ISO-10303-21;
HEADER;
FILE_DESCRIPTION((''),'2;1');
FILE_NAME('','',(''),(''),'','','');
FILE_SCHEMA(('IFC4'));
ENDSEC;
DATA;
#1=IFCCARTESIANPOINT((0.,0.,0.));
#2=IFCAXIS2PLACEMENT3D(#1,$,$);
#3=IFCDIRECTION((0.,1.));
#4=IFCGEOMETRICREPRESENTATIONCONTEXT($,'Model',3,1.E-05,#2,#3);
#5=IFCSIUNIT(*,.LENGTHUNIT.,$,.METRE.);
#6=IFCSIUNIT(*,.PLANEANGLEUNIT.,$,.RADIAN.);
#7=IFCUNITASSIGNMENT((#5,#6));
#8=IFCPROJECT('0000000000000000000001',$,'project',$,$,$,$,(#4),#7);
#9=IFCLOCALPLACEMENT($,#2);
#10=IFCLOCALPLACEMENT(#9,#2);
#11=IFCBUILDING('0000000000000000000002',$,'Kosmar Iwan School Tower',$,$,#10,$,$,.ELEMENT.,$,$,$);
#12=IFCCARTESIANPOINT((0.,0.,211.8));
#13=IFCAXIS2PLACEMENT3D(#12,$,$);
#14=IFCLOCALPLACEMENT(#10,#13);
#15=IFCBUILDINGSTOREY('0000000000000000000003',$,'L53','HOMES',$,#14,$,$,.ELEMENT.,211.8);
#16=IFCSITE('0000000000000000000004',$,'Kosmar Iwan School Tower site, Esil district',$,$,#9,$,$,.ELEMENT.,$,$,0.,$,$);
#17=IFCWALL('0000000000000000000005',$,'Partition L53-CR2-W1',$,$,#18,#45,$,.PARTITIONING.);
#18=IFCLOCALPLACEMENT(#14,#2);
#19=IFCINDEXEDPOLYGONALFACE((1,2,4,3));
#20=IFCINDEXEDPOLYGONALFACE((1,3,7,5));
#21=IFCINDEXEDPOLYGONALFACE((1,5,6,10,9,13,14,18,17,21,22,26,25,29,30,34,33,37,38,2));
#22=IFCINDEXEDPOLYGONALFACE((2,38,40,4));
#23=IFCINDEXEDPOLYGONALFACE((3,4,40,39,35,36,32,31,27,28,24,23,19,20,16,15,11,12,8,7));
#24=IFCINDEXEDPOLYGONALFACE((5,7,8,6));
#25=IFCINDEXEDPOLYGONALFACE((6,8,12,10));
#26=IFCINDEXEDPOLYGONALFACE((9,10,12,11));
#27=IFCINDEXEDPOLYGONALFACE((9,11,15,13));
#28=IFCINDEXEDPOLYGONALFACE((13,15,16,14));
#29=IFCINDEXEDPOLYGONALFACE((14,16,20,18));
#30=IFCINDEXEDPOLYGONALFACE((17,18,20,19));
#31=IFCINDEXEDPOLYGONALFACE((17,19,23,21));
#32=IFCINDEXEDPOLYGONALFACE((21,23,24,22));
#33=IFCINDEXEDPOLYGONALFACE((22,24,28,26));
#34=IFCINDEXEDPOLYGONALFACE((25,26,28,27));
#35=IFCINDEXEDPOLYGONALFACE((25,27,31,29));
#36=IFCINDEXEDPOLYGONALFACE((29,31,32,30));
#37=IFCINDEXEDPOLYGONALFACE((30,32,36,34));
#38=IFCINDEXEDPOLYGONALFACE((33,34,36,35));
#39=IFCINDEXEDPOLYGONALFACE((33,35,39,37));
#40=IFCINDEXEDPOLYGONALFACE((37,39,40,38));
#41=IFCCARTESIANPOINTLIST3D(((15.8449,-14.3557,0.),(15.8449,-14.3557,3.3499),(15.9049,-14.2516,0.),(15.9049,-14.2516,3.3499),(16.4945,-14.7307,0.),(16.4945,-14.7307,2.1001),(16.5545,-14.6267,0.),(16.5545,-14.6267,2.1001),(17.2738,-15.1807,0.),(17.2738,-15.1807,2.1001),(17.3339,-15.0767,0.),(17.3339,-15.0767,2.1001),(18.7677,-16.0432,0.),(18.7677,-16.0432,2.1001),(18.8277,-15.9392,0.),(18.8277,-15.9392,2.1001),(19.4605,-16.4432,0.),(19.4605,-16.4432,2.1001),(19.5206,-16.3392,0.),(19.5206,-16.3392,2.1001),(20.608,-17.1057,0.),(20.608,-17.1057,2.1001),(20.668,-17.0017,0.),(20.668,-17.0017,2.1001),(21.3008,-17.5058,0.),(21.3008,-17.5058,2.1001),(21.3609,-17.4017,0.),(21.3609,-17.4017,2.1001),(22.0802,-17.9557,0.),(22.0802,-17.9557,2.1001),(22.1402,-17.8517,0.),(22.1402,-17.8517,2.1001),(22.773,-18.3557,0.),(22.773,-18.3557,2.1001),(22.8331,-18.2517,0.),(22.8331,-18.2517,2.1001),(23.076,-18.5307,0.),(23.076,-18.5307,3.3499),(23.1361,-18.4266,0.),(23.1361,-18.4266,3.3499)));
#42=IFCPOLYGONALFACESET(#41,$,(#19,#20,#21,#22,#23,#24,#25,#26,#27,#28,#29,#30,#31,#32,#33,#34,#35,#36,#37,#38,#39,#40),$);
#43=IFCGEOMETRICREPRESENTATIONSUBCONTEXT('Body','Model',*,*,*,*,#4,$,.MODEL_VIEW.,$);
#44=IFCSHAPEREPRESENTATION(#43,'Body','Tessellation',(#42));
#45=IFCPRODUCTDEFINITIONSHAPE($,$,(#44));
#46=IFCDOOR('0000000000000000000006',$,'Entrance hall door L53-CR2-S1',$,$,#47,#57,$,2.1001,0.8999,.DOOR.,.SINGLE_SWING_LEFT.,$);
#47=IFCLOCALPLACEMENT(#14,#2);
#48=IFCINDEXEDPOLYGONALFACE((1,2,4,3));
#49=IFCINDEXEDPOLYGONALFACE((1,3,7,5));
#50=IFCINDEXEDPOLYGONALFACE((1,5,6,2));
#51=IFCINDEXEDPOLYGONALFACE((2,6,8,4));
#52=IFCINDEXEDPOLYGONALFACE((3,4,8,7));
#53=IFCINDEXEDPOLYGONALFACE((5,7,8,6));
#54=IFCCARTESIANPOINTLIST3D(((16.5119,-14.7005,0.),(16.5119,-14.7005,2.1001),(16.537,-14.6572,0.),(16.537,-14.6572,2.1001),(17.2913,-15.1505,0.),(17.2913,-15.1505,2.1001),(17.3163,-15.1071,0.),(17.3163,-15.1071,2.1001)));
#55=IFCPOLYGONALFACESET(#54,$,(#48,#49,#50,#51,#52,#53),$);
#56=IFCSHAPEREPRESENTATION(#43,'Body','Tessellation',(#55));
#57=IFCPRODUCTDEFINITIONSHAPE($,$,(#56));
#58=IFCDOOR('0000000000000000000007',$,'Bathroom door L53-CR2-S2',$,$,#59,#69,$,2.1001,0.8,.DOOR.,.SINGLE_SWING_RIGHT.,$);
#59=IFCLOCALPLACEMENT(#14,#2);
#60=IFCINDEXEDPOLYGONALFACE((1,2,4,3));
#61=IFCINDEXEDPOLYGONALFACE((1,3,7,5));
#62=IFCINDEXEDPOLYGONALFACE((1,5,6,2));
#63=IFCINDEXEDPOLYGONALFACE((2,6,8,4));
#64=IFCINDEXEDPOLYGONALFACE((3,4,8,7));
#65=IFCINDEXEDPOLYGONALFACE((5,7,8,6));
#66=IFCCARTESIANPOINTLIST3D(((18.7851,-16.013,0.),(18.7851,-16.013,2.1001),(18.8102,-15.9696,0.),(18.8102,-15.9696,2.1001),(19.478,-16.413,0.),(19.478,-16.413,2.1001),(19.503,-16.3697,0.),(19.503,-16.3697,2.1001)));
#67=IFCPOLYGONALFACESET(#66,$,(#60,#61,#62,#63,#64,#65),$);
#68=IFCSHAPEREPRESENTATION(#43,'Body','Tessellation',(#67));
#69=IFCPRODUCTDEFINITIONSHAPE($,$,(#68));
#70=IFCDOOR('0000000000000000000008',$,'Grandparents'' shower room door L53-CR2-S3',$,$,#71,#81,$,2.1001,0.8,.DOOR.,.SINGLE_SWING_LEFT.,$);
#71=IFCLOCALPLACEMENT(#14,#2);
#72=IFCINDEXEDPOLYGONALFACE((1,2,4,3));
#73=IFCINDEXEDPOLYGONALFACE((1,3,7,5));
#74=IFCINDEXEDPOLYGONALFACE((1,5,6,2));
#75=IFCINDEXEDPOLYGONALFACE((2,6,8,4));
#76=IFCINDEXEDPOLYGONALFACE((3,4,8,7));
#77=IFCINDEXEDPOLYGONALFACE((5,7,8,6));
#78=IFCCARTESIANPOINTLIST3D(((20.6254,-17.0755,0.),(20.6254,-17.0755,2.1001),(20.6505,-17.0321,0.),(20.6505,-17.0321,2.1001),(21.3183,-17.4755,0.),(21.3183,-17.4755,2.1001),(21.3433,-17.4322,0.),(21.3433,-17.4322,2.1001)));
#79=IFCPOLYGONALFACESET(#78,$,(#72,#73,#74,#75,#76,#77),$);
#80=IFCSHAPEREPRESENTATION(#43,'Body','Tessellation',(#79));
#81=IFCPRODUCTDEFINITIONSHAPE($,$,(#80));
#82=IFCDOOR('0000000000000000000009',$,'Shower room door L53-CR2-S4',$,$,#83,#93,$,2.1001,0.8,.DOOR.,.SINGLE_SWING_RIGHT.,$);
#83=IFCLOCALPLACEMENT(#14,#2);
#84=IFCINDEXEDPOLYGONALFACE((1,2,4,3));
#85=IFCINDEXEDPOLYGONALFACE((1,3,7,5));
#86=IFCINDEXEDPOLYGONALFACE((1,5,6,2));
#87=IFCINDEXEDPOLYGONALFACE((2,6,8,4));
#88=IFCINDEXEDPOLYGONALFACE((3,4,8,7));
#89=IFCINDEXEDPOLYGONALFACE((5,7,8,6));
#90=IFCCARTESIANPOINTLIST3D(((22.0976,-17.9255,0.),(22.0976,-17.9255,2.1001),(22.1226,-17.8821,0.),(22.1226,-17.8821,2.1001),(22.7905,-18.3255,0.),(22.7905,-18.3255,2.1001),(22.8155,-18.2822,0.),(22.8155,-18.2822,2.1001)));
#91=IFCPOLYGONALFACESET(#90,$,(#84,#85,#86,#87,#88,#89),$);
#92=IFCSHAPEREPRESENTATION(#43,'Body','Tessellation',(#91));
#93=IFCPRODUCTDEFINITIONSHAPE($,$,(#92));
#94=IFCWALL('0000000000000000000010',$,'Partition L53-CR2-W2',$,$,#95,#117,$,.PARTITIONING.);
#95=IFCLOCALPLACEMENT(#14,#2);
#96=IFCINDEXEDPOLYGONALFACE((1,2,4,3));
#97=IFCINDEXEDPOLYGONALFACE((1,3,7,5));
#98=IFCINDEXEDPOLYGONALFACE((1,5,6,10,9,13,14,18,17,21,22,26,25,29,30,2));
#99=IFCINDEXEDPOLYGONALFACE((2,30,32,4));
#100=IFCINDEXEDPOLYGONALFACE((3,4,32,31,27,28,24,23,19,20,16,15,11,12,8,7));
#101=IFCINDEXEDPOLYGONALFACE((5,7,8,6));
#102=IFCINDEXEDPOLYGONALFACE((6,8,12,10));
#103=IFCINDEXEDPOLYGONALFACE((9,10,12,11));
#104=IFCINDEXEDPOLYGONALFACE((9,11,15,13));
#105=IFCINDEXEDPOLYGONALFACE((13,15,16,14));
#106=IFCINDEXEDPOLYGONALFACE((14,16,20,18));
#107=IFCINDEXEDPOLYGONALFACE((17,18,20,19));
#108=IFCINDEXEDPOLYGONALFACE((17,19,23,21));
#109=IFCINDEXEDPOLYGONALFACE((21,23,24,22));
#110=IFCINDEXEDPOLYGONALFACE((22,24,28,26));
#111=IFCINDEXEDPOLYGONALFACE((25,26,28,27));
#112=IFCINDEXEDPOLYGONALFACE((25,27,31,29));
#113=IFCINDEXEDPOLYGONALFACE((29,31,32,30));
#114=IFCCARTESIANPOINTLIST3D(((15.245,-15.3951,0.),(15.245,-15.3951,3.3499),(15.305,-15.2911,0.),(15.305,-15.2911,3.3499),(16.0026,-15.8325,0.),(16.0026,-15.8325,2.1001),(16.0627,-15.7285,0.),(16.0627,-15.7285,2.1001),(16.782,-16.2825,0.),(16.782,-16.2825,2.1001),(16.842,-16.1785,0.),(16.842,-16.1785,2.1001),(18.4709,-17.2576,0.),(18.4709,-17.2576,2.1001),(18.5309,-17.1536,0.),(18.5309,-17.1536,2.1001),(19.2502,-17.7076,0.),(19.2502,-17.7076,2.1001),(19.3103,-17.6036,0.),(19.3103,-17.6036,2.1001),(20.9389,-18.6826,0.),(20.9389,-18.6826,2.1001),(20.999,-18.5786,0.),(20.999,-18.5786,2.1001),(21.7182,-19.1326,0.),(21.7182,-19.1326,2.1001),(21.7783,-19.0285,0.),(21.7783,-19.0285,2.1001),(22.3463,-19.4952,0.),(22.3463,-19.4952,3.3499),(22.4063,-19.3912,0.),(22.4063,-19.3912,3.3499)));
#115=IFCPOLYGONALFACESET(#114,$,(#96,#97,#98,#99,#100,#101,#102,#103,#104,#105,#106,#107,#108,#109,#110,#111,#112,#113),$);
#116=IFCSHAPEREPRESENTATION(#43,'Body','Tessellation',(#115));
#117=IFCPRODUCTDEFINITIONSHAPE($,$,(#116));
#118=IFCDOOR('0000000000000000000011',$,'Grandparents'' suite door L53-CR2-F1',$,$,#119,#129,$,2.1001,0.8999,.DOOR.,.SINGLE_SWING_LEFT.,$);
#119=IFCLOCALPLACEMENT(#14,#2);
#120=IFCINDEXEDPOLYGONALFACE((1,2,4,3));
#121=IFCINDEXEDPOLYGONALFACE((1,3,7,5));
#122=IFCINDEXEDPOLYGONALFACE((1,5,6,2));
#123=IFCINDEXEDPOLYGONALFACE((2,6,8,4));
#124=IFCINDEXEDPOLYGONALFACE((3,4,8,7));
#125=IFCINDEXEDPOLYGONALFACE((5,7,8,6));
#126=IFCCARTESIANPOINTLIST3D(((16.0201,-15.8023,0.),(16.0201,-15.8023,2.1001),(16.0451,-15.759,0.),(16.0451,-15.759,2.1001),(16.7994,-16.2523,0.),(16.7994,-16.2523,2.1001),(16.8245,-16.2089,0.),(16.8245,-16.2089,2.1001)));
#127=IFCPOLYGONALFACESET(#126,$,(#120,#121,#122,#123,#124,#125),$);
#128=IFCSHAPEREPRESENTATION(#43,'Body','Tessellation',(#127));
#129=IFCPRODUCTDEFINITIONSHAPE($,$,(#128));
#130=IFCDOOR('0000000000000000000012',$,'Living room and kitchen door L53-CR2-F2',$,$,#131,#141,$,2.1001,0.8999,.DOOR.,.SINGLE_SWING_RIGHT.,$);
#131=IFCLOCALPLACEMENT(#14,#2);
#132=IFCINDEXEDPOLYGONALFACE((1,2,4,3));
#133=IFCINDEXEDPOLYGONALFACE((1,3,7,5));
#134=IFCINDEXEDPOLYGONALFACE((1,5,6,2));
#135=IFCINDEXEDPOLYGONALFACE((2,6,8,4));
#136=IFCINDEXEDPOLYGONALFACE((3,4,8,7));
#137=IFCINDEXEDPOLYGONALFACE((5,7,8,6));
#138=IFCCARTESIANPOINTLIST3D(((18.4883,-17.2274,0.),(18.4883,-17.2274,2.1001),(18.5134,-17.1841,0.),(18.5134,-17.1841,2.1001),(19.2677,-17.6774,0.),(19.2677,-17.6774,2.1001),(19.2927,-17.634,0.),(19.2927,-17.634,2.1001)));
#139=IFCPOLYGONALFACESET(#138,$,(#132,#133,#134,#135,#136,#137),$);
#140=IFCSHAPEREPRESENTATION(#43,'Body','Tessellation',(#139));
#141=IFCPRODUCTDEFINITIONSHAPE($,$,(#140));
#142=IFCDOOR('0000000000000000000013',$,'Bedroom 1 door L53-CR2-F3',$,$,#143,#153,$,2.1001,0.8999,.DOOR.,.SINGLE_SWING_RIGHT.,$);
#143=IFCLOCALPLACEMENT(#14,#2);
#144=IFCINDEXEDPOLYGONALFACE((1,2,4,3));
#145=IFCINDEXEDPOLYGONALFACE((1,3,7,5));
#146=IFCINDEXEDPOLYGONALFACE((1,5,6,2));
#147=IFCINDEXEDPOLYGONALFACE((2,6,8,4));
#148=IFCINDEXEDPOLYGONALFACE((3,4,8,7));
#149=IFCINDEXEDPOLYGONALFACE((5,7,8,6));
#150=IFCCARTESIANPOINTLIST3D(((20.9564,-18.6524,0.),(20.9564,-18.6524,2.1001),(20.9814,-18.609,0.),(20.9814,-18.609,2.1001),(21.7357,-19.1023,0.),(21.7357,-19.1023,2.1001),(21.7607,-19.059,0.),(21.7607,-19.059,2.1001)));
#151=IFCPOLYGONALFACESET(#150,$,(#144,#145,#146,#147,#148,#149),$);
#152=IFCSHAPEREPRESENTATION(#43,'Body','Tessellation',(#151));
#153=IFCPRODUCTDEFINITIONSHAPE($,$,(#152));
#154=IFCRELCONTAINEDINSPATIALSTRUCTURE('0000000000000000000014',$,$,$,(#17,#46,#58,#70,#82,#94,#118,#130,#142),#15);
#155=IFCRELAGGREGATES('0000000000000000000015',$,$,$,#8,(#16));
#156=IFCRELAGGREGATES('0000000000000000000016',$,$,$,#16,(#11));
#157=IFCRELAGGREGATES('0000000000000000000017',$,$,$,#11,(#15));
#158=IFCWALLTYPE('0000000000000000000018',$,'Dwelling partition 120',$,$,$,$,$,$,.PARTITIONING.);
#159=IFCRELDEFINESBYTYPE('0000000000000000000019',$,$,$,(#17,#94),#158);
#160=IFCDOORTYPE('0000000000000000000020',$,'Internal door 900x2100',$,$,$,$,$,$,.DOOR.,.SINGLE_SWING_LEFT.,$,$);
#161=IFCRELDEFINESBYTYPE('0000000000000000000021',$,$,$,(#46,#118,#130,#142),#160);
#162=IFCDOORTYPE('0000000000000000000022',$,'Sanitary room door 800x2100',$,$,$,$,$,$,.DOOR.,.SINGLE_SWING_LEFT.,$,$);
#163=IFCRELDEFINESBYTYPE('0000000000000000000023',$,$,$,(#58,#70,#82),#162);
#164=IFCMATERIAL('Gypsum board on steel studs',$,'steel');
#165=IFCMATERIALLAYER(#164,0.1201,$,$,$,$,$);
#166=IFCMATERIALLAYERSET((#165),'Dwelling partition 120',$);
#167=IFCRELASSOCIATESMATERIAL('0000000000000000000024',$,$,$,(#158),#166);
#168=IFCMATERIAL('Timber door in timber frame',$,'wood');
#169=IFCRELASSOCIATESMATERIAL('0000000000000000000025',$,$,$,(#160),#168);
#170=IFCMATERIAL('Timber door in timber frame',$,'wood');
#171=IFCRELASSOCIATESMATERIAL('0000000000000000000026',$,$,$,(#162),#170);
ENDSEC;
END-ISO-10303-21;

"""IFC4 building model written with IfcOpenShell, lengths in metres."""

from ifc_helpers import new_model, si_unit, direction, frame, frame_2d, origin, place, context, subcontext, project, spatial, rectangle, extrude, material, layer, layer_set, type_object, element, fill, save


model = new_model("IFC4")

# Units and contexts
model_context = context("Model", 3, precision=1e-05, world=origin(), true_north=direction((0.0, 1.0)))
body_context = subcontext(model_context, "Body", "Model", "MODEL_VIEW")
ifc_project = project(units=[si_unit("LENGTHUNIT", "METRE"), si_unit("PLANEANGLEUNIT", "RADIAN")], contexts=[model_context])

# Site, building, storey
site_placement = place(None, origin())
site = spatial("IfcSite", under=ifc_project, at=site_placement, Name="Kosmar Iwan School Tower site, Esil district", CompositionType="ELEMENT", RefElevation=0.0)
building_placement = place(site_placement, origin())
building = spatial("IfcBuilding", under=site, at=building_placement, Name="Kosmar Iwan School Tower", CompositionType="ELEMENT")
storey_placement = place(building_placement, frame((0.0, 0.0, 211.8)))
storey = spatial("IfcBuildingStorey", under=building, at=storey_placement, Name="L53", Description="HOMES", CompositionType="ELEMENT", Elevation=211.8)

# Walls, openings, doors
ifc_material_1 = material(Name="Gypsum board on steel studs", Category="steel")
ifc_layer = layer(ifc_material_1, 0.1201)
ifc_layer_set = layer_set([ifc_layer], Name="Dwelling partition 120")
wall_type = type_object("IfcWallType", Name="Dwelling partition 120", PredefinedType="PARTITIONING", material=ifc_layer_set)
wall_1_placement = place(storey_placement, frame((15.875, -14.3037, 0.0), z_axis=(0.0, 0.0, 1.0), x_axis=(0.86602, -0.50001, 0.0)))
wall_1 = element("IfcWall", 1, at=wall_1_placement, inside=storey, type_object=wall_type, Name="Partition L53-CR2-W1", PredefinedType="PARTITIONING", context=body_context, shape_type="SweptSolid", body=[
    extrude(rectangle(XDim=8.3499, YDim=0.1201, at=frame_2d((4.1748, 0.0))), origin(), (0.0, 0.0, 1.0), 3.3499),
])
opening_1_placement = place(wall_1_placement, frame((0.75, 0.0, 0.0)))
opening_1 = element("IfcOpeningElement", 2, at=opening_1_placement, cuts=wall_1, PredefinedType="OPENING", context=body_context, shape_type="SweptSolid", body=[
    extrude(rectangle(XDim=0.8999, YDim=2.1001, at=frame_2d((0.45, 1.05))), frame((0.0, 0.072, 0.0), z_axis=(0.0, -1.0, 0.0), x_axis=(1.0, 0.0, 0.0)), (0.0, 0.0, 1.0), 0.144),
])
opening_2_placement = place(wall_1_placement, frame((3.375, 0.0, 0.0)))
opening_2 = element("IfcOpeningElement", 3, at=opening_2_placement, cuts=wall_1, PredefinedType="OPENING", context=body_context, shape_type="SweptSolid", body=[
    extrude(rectangle(XDim=0.8, YDim=2.1001, at=frame_2d((0.3999, 1.05))), frame((0.0, 0.072, 0.0), z_axis=(0.0, -1.0, 0.0), x_axis=(1.0, 0.0, 0.0)), (0.0, 0.0, 1.0), 0.144),
])
opening_3_placement = place(wall_1_placement, frame((5.5, 0.0, 0.0)))
opening_3 = element("IfcOpeningElement", 4, at=opening_3_placement, cuts=wall_1, PredefinedType="OPENING", context=body_context, shape_type="SweptSolid", body=[
    extrude(rectangle(XDim=0.8, YDim=2.1001, at=frame_2d((0.3999, 1.05))), frame((0.0, 0.072, 0.0), z_axis=(0.0, -1.0, 0.0), x_axis=(1.0, 0.0, 0.0)), (0.0, 0.0, 1.0), 0.144),
])
opening_4_placement = place(wall_1_placement, frame((7.2, 0.0, 0.0)))
opening_4 = element("IfcOpeningElement", 5, at=opening_4_placement, cuts=wall_1, PredefinedType="OPENING", context=body_context, shape_type="SweptSolid", body=[
    extrude(rectangle(XDim=0.8, YDim=2.1001, at=frame_2d((0.3999, 1.05))), frame((0.0, 0.072, 0.0), z_axis=(0.0, -1.0, 0.0), x_axis=(1.0, 0.0, 0.0)), (0.0, 0.0, 1.0), 0.144),
])
ifc_material_2 = material(Name="Timber door in timber frame", Category="wood")
door_type_1 = type_object("IfcDoorType", Name="Internal door 900x2100", OperationType="SINGLE_SWING_LEFT", PredefinedType="DOOR", material=ifc_material_2)
door_1_placement = place(opening_1_placement, origin())
door_1 = element("IfcDoor", 6, at=door_1_placement, inside=storey, type_object=door_type_1, Name="Entrance hall door L53-CR2-S1", OperationType="SINGLE_SWING_LEFT", OverallHeight=2.1001, OverallWidth=0.8999, PredefinedType="DOOR", context=body_context, shape_type="SweptSolid", body=[
    extrude(rectangle(XDim=0.8999, YDim=2.1001, at=frame_2d((0.45, 1.05))), frame((0.0, 0.0249, 0.0), z_axis=(0.0, -1.0, 0.0), x_axis=(1.0, 0.0, 0.0)), (0.0, 0.0, 1.0), 0.05),
])
fill(opening_1, door_1)
ifc_material_3 = material(Name="Timber door in timber frame", Category="wood")
door_type_2 = type_object("IfcDoorType", Name="Sanitary room door 800x2100", OperationType="SINGLE_SWING_LEFT", PredefinedType="DOOR", material=ifc_material_3)
door_2_placement = place(opening_2_placement, origin())
door_2 = element("IfcDoor", 7, at=door_2_placement, inside=storey, type_object=door_type_2, Name="Bathroom door L53-CR2-S2", OperationType="SINGLE_SWING_RIGHT", OverallHeight=2.1001, OverallWidth=0.8, PredefinedType="DOOR", context=body_context, shape_type="SweptSolid", body=[
    extrude(rectangle(XDim=0.8, YDim=2.1001, at=frame_2d((0.3999, 1.05))), frame((0.0, 0.0249, 0.0), z_axis=(0.0, -1.0, 0.0), x_axis=(1.0, 0.0, 0.0)), (0.0, 0.0, 1.0), 0.05),
])
fill(opening_2, door_2)
door_3_placement = place(opening_3_placement, origin())
door_3 = element("IfcDoor", 8, at=door_3_placement, inside=storey, type_object=door_type_2, Name="Grandparents' shower room door L53-CR2-S3", OperationType="SINGLE_SWING_LEFT", OverallHeight=2.1001, OverallWidth=0.8, PredefinedType="DOOR", context=body_context, shape_type="SweptSolid", body=[
    extrude(rectangle(XDim=0.8, YDim=2.1001, at=frame_2d((0.3999, 1.05))), frame((0.0, 0.0249, 0.0), z_axis=(0.0, -1.0, 0.0), x_axis=(1.0, 0.0, 0.0)), (0.0, 0.0, 1.0), 0.05),
])
fill(opening_3, door_3)
door_4_placement = place(opening_4_placement, origin())
door_4 = element("IfcDoor", 9, at=door_4_placement, inside=storey, type_object=door_type_2, Name="Shower room door L53-CR2-S4", OperationType="SINGLE_SWING_RIGHT", OverallHeight=2.1001, OverallWidth=0.8, PredefinedType="DOOR", context=body_context, shape_type="SweptSolid", body=[
    extrude(rectangle(XDim=0.8, YDim=2.1001, at=frame_2d((0.3999, 1.05))), frame((0.0, 0.0249, 0.0), z_axis=(0.0, -1.0, 0.0), x_axis=(1.0, 0.0, 0.0)), (0.0, 0.0, 1.0), 0.05),
])
fill(opening_4, door_4)
wall_2_placement = place(storey_placement, frame((15.2749, -15.343, 0.0), z_axis=(0.0, 0.0, 1.0), x_axis=(0.866018, -0.500014, 0.0)))
wall_2 = element("IfcWall", 10, at=wall_2_placement, inside=storey, type_object=wall_type, Name="Partition L53-CR2-W2", PredefinedType="PARTITIONING", context=body_context, shape_type="SweptSolid", body=[
    extrude(rectangle(XDim=8.2, YDim=0.1201, at=frame_2d((4.1001, 0.0))), origin(), (0.0, 0.0, 1.0), 3.3499),
])
opening_5_placement = place(wall_2_placement, frame((0.875, 0.0, 0.0)))
opening_5 = element("IfcOpeningElement", 11, at=opening_5_placement, cuts=wall_2, PredefinedType="OPENING", context=body_context, shape_type="SweptSolid", body=[
    extrude(rectangle(XDim=0.8999, YDim=2.1001, at=frame_2d((0.45, 1.05))), frame((0.0, 0.072, 0.0), z_axis=(0.0, -1.0, 0.0), x_axis=(1.0, 0.0, 0.0)), (0.0, 0.0, 1.0), 0.144),
])
opening_6_placement = place(wall_2_placement, frame((3.7251, 0.0, 0.0)))
opening_6 = element("IfcOpeningElement", 12, at=opening_6_placement, cuts=wall_2, PredefinedType="OPENING", context=body_context, shape_type="SweptSolid", body=[
    extrude(rectangle(XDim=0.8999, YDim=2.1001, at=frame_2d((0.45, 1.05))), frame((0.0, 0.072, 0.0), z_axis=(0.0, -1.0, 0.0), x_axis=(1.0, 0.0, 0.0)), (0.0, 0.0, 1.0), 0.144),
])
opening_7_placement = place(wall_2_placement, frame((6.575, 0.0, 0.0)))
opening_7 = element("IfcOpeningElement", 13, at=opening_7_placement, cuts=wall_2, PredefinedType="OPENING", context=body_context, shape_type="SweptSolid", body=[
    extrude(rectangle(XDim=0.8999, YDim=2.1001, at=frame_2d((0.45, 1.05))), frame((0.0, 0.072, 0.0), z_axis=(0.0, -1.0, 0.0), x_axis=(1.0, 0.0, 0.0)), (0.0, 0.0, 1.0), 0.144),
])
door_5_placement = place(opening_5_placement, origin())
door_5 = element("IfcDoor", 14, at=door_5_placement, inside=storey, type_object=door_type_1, Name="Grandparents' suite door L53-CR2-F1", OperationType="SINGLE_SWING_LEFT", OverallHeight=2.1001, OverallWidth=0.8999, PredefinedType="DOOR", context=body_context, shape_type="SweptSolid", body=[
    extrude(rectangle(XDim=0.8999, YDim=2.1001, at=frame_2d((0.45, 1.05))), frame((0.0, 0.0249, 0.0), z_axis=(0.0, -1.0, 0.0), x_axis=(1.0, 0.0, 0.0)), (0.0, 0.0, 1.0), 0.05),
])
fill(opening_5, door_5)
door_6_placement = place(opening_6_placement, origin())
door_6 = element("IfcDoor", 15, at=door_6_placement, inside=storey, type_object=door_type_1, Name="Living room and kitchen door L53-CR2-F2", OperationType="SINGLE_SWING_RIGHT", OverallHeight=2.1001, OverallWidth=0.8999, PredefinedType="DOOR", context=body_context, shape_type="SweptSolid", body=[
    extrude(rectangle(XDim=0.8999, YDim=2.1001, at=frame_2d((0.45, 1.05))), frame((0.0, 0.0249, 0.0), z_axis=(0.0, -1.0, 0.0), x_axis=(1.0, 0.0, 0.0)), (0.0, 0.0, 1.0), 0.05),
])
fill(opening_6, door_6)
door_7_placement = place(opening_7_placement, origin())
door_7 = element("IfcDoor", 16, at=door_7_placement, inside=storey, type_object=door_type_1, Name="Bedroom 1 door L53-CR2-F3", OperationType="SINGLE_SWING_RIGHT", OverallHeight=2.1001, OverallWidth=0.8999, PredefinedType="DOOR", context=body_context, shape_type="SweptSolid", body=[
    extrude(rectangle(XDim=0.8999, YDim=2.1001, at=frame_2d((0.45, 1.05))), frame((0.0, 0.0249, 0.0), z_axis=(0.0, -1.0, 0.0), x_axis=(1.0, 0.0, 0.0)), (0.0, 0.0, 1.0), 0.05),
])
fill(opening_7, door_7)

save(model, "model.ifc")
